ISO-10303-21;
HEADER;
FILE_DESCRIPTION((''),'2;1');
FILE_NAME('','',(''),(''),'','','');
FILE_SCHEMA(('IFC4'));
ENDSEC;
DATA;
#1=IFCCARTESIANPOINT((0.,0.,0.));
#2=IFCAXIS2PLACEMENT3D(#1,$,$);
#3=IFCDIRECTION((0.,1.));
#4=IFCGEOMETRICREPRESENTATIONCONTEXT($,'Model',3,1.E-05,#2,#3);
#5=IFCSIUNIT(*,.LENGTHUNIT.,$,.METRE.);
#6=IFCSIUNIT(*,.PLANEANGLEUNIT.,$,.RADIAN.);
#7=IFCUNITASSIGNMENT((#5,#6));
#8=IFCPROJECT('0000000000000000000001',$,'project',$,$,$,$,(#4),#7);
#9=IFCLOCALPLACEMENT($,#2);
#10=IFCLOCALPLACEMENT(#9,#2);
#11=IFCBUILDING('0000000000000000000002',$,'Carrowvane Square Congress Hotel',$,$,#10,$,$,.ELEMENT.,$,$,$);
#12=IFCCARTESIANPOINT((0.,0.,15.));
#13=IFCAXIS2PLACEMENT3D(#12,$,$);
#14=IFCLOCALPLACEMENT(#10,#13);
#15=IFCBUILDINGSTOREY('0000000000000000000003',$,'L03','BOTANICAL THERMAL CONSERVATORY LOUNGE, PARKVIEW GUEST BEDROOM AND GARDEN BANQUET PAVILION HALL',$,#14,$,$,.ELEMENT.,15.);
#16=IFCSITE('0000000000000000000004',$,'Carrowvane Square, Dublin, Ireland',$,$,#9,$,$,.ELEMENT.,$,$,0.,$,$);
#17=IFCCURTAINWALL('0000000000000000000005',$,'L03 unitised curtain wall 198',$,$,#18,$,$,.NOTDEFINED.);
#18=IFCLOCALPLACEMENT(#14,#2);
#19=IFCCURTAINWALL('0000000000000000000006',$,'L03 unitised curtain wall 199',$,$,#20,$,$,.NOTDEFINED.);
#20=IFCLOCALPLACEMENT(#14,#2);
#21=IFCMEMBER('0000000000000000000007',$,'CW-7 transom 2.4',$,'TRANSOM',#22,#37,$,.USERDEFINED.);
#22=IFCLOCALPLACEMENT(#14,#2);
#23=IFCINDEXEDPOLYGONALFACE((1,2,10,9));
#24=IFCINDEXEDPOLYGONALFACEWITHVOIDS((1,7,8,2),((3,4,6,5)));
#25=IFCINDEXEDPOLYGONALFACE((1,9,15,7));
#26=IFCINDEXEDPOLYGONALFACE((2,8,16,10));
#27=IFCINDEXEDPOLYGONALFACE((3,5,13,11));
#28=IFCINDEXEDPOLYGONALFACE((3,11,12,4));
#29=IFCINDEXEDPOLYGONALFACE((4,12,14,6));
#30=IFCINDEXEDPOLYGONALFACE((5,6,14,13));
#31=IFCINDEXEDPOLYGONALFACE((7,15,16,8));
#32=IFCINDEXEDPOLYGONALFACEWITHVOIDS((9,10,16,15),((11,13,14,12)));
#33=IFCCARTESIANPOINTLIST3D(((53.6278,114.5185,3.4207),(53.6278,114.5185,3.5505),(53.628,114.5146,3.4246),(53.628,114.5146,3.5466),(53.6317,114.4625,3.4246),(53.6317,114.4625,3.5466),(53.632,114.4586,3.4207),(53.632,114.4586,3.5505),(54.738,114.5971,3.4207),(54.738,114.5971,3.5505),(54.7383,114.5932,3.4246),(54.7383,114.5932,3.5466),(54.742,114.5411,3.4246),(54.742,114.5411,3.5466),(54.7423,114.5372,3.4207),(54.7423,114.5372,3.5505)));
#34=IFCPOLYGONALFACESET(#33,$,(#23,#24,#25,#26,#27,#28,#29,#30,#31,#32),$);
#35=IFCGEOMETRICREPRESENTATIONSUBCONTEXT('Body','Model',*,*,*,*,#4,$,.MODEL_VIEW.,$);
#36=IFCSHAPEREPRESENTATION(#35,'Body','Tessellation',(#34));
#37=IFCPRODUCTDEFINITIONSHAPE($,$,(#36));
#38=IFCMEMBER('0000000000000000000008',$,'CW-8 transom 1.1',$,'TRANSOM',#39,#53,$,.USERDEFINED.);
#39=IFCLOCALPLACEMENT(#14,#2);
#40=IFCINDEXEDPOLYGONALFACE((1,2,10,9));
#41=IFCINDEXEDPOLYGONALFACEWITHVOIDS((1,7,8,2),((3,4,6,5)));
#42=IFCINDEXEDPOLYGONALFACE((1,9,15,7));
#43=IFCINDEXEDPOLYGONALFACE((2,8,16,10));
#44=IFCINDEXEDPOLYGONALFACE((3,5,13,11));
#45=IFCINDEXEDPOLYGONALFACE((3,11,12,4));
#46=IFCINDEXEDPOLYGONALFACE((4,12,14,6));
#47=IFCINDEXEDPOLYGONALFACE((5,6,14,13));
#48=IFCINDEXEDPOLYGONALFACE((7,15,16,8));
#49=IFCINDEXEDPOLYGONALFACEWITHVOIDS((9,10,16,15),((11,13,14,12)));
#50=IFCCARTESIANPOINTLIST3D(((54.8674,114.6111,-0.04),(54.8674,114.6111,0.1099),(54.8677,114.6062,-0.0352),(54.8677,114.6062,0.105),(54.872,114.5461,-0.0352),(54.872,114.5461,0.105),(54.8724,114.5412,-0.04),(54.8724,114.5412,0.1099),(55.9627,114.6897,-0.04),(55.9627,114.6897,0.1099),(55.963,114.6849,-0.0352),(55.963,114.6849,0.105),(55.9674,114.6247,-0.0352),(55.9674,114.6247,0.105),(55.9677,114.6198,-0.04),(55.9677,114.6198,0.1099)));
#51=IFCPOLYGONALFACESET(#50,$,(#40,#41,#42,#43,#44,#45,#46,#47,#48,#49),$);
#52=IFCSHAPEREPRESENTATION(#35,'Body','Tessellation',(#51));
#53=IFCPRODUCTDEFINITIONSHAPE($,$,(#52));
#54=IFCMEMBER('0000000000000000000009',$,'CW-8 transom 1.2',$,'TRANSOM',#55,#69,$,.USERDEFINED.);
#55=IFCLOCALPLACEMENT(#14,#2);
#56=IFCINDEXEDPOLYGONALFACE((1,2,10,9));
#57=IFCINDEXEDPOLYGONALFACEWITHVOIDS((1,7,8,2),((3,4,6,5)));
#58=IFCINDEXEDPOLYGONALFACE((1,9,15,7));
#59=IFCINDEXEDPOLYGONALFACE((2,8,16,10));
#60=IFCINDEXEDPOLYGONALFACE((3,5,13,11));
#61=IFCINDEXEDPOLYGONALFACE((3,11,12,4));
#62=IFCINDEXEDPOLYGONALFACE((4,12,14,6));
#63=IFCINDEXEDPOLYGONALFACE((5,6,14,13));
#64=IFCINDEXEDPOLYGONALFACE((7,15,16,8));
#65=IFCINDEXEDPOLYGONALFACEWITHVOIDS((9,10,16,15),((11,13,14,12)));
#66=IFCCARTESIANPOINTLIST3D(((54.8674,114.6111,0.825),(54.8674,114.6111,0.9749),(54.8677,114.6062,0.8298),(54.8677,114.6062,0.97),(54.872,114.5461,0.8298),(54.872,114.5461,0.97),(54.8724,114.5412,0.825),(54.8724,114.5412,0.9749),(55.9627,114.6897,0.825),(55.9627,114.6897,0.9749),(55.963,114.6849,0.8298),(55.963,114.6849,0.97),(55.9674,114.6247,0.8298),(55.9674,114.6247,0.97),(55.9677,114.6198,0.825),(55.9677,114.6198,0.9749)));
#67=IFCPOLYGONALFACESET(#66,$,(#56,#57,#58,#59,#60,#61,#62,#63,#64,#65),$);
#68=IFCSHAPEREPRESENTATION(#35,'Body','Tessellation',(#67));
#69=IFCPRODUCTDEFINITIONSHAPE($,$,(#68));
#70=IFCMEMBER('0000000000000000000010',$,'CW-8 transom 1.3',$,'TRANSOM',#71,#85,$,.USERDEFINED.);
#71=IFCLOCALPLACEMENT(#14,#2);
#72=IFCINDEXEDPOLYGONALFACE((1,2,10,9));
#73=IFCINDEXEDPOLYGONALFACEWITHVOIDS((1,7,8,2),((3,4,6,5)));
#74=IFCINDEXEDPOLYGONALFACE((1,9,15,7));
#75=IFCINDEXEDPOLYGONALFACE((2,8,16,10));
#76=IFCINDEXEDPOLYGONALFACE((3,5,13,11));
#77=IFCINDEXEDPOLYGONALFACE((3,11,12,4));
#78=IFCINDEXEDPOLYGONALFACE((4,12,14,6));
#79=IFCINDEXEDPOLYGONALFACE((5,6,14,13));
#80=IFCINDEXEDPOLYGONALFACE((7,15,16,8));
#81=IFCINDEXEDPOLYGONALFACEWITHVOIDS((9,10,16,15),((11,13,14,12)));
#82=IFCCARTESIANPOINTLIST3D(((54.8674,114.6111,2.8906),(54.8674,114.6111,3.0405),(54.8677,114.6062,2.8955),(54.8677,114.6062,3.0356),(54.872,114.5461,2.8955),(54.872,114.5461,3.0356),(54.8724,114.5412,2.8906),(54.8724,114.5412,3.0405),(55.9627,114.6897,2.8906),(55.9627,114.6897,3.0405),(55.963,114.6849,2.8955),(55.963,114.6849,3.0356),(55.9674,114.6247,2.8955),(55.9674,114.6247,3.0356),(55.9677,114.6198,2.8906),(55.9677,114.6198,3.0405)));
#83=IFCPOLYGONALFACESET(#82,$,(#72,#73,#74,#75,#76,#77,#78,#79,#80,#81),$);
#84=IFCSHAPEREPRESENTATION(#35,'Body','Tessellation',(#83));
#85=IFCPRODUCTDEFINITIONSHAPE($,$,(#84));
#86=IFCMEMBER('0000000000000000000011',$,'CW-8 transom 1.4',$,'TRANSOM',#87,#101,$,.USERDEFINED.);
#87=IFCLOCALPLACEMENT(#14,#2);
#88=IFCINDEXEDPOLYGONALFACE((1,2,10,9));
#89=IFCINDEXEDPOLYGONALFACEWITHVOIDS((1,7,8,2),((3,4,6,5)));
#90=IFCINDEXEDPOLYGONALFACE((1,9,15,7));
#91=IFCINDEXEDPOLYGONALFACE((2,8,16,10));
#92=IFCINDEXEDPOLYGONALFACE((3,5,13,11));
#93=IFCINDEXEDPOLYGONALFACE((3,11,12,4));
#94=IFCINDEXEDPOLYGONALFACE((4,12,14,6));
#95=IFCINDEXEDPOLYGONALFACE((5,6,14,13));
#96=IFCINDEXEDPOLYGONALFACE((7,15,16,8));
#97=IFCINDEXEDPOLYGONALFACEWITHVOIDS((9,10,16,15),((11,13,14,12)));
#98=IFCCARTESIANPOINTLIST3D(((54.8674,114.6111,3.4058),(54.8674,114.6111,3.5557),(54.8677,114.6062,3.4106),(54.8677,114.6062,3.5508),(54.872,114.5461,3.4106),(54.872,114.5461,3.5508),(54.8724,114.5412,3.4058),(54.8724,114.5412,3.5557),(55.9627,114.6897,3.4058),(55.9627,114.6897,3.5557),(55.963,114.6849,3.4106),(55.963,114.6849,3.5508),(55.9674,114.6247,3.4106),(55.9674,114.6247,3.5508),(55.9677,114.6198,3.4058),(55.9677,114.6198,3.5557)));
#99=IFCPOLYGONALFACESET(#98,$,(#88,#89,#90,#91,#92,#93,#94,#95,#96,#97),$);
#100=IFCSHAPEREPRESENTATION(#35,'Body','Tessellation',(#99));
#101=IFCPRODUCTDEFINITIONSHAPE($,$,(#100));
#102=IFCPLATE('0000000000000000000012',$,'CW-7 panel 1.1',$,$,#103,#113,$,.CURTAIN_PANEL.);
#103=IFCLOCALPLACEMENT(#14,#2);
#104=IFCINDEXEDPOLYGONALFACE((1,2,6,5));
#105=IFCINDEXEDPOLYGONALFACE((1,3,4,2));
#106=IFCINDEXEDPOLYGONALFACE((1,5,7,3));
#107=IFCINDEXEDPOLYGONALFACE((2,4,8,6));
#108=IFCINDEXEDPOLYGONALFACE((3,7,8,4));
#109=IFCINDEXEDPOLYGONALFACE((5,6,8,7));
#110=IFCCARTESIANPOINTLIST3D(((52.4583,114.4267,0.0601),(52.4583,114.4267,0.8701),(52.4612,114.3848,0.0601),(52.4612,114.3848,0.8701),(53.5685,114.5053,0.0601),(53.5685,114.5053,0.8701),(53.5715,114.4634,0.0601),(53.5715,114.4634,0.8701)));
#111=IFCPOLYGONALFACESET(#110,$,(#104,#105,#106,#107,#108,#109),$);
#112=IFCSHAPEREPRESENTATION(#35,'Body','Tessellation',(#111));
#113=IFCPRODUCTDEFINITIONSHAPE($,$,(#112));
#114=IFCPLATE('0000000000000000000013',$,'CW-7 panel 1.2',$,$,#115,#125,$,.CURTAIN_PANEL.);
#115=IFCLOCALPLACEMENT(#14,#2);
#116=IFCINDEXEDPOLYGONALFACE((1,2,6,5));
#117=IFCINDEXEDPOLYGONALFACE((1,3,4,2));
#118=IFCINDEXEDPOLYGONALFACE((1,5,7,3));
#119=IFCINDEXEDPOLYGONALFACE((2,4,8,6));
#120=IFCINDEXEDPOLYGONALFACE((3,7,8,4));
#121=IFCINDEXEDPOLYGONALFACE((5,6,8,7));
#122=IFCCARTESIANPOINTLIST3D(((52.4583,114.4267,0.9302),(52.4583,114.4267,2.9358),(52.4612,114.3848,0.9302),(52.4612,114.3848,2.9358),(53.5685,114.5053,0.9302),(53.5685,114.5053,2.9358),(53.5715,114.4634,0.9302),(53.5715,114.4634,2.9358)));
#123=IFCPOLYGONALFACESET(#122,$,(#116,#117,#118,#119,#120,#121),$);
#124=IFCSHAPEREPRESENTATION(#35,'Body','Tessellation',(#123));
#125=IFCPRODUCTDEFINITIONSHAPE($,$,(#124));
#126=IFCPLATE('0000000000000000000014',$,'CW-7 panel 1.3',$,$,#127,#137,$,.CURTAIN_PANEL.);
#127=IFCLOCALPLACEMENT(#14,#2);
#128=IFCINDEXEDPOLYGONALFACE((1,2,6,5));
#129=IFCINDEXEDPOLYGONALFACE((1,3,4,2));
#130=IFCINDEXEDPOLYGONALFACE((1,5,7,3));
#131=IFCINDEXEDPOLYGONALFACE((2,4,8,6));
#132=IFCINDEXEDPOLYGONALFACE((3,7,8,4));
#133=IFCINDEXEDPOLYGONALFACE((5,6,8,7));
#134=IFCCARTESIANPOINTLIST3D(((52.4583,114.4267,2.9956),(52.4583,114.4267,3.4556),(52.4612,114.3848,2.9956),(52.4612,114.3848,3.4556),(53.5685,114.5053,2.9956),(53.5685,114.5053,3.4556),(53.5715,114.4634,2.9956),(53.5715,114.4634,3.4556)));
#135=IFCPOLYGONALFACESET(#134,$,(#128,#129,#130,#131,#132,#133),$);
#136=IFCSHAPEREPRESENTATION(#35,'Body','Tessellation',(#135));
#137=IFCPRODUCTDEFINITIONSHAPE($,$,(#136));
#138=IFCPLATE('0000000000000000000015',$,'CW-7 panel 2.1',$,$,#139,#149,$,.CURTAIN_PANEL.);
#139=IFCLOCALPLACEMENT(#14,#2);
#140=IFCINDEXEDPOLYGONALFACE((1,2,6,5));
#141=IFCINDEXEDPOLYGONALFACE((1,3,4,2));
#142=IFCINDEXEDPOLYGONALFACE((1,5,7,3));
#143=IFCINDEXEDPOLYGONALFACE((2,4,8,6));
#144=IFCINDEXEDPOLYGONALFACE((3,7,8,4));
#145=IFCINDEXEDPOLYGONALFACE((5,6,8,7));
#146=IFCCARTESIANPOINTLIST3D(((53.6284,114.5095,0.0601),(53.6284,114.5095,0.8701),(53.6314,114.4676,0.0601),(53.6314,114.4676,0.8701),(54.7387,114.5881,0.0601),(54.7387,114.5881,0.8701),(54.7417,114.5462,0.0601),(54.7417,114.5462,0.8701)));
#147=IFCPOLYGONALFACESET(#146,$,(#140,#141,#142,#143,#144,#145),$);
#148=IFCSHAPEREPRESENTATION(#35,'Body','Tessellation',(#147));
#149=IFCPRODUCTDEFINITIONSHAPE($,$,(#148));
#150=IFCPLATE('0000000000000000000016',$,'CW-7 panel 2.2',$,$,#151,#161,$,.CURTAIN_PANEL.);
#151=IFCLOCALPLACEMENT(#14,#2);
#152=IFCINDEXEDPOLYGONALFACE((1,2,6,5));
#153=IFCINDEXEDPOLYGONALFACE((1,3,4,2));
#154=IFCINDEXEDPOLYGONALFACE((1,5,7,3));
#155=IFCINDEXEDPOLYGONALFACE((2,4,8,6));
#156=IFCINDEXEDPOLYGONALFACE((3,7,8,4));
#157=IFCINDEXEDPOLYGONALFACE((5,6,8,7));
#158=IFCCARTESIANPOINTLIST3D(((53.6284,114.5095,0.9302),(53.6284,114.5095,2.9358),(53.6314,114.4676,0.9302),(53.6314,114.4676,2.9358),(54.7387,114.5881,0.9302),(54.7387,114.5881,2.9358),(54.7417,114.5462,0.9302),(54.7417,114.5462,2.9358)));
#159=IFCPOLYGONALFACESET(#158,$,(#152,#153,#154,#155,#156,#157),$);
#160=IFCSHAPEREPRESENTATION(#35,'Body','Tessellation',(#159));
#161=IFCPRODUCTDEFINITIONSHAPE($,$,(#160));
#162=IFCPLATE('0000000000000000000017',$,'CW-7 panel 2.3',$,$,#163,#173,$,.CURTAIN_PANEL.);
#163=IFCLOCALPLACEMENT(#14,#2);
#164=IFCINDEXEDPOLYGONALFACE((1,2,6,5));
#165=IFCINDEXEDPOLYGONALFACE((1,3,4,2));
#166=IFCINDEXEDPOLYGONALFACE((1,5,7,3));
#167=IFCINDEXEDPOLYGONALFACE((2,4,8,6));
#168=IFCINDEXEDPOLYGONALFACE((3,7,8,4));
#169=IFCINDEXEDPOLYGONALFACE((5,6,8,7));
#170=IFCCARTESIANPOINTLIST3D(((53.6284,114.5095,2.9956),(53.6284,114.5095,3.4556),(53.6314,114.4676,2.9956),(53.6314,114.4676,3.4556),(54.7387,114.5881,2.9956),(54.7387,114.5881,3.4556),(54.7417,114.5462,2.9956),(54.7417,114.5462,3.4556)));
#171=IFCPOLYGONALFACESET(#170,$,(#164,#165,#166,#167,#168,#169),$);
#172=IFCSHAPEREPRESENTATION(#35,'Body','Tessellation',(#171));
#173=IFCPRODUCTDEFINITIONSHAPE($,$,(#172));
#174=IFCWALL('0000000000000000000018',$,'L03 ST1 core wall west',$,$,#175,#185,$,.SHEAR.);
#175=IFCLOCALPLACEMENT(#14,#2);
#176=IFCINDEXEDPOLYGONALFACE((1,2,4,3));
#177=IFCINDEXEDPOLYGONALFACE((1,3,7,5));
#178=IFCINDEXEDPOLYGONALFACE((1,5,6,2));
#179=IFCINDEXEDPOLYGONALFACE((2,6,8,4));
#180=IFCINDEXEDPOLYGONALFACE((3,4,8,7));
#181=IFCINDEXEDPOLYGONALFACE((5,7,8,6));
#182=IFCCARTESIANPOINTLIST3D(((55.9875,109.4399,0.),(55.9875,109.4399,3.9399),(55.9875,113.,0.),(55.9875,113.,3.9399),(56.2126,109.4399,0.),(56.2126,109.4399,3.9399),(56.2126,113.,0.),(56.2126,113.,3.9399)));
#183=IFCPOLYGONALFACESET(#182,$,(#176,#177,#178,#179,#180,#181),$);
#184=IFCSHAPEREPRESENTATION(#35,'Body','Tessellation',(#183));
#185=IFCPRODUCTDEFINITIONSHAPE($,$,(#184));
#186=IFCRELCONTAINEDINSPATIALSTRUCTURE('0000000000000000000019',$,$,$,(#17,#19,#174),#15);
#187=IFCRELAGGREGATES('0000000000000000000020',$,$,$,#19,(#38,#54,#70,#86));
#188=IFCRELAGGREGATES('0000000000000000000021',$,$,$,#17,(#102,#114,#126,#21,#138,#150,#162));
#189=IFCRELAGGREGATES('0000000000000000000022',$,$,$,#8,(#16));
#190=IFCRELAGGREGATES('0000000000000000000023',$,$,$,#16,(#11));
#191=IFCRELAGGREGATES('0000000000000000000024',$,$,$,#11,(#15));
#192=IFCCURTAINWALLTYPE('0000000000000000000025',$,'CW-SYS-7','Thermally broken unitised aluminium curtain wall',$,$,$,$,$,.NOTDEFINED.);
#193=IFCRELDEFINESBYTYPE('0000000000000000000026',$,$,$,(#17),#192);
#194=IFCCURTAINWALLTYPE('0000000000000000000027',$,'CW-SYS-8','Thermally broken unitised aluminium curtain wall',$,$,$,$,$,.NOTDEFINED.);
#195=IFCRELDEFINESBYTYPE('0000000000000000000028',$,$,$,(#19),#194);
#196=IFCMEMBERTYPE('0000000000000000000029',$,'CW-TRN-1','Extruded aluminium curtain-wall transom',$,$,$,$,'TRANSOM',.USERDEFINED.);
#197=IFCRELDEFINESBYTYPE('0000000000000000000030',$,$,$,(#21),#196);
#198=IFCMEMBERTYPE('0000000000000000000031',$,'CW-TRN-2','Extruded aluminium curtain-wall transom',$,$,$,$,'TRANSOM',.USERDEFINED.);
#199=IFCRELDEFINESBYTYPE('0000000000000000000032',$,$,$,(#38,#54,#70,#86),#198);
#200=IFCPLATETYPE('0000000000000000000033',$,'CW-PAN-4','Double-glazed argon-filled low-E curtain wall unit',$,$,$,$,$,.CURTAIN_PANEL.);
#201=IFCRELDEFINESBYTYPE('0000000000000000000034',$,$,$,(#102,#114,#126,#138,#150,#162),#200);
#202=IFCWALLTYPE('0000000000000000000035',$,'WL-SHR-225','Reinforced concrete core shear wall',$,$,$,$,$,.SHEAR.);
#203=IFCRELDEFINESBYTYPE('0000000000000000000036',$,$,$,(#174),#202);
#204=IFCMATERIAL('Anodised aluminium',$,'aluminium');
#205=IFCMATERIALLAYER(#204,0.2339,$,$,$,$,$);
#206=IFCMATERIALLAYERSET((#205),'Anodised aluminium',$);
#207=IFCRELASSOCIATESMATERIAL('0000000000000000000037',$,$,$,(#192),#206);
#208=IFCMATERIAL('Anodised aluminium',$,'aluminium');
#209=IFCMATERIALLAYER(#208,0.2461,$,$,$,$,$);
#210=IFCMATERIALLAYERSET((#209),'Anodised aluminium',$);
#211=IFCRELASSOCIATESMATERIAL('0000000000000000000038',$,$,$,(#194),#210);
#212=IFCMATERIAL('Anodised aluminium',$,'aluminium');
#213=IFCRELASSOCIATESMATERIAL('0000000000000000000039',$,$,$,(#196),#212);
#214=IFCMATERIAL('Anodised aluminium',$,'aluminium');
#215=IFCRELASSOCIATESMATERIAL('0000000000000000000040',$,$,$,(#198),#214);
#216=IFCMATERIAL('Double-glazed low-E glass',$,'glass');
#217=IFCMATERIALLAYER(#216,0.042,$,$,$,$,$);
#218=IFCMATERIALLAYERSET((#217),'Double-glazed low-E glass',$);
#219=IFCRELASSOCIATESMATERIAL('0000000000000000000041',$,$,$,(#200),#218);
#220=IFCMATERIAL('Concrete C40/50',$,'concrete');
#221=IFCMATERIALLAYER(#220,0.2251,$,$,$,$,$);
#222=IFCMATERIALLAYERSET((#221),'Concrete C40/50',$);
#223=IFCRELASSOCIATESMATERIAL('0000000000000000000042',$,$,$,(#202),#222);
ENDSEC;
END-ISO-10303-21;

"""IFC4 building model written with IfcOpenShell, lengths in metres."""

from ifc_helpers import new_model, si_unit, direction, frame, frame_2d, origin, origin_2d, place, context, subcontext, project, spatial, rectangle, hollow_rectangle, extrude, material, layer, layer_set, material_profile, profile_set, type_object, element, aggregate, save


model = new_model("IFC4")

# Units and contexts
model_context = context("Model", 3, precision=1e-05, world=origin(), true_north=direction((0.0, 1.0)))
body_context = subcontext(model_context, "Body", "Model", "MODEL_VIEW")
ifc_project = project(units=[si_unit("LENGTHUNIT", "METRE"), si_unit("PLANEANGLEUNIT", "RADIAN")], contexts=[model_context])

# Site, building, storey
site_placement = place(None, origin())
site = spatial("IfcSite", under=ifc_project, at=site_placement, Name="Carrowvane Square, Dublin, Ireland", CompositionType="ELEMENT", RefElevation=0.0)
building_placement = place(site_placement, origin())
building = spatial("IfcBuilding", under=site, at=building_placement, Name="Carrowvane Square Congress Hotel", CompositionType="ELEMENT")
storey_placement = place(building_placement, frame((0.0, 0.0, 15.0)))
storey = spatial("IfcBuildingStorey", under=building, at=storey_placement, Name="L03", Description="BOTANICAL THERMAL CONSERVATORY LOUNGE, PARKVIEW GUEST BEDROOM AND GARDEN BANQUET PAVILION HALL", CompositionType="ELEMENT", Elevation=15.0)

# Curtain wall
ifc_material_1 = material(Name="Anodised aluminium", Category="aluminium")
ifc_layer_1 = layer(ifc_material_1, 0.2339)
ifc_layer_set_1 = layer_set([ifc_layer_1], Name="Anodised aluminium")
curtain_wall_type_1 = type_object("IfcCurtainWallType", Name="CW-SYS-7", Description="Thermally broken unitised aluminium curtain wall", PredefinedType="NOTDEFINED", material=ifc_layer_set_1)
curtain_wall_1_placement = place(storey_placement, origin())
curtain_wall_1 = element("IfcCurtainWall", 1, at=curtain_wall_1_placement, inside=storey, type_object=curtain_wall_type_1, Name="L03 unitised curtain wall 198", PredefinedType="NOTDEFINED")

# Curtain wall
ifc_material_2 = material(Name="Anodised aluminium", Category="aluminium")
ifc_layer_2 = layer(ifc_material_2, 0.2461)
ifc_layer_set_2 = layer_set([ifc_layer_2], Name="Anodised aluminium")
curtain_wall_type_2 = type_object("IfcCurtainWallType", Name="CW-SYS-8", Description="Thermally broken unitised aluminium curtain wall", PredefinedType="NOTDEFINED", material=ifc_layer_set_2)
curtain_wall_2_placement = place(storey_placement, origin())
curtain_wall_2 = element("IfcCurtainWall", 2, at=curtain_wall_2_placement, inside=storey, type_object=curtain_wall_type_2, Name="L03 unitised curtain wall 199", PredefinedType="NOTDEFINED")

# Members
ifc_material_3 = material(Name="Anodised aluminium", Category="aluminium")
ifc_material_profile_1 = material_profile(ifc_material_3, hollow_rectangle(XDim=0.0601, YDim=0.1299, WallThickness=0.0039, at=origin_2d()), Name="CW-TR 60x130x4")
ifc_profile_set_1 = profile_set([ifc_material_profile_1], Name="Anodised aluminium")
member_type_1 = type_object("IfcMemberType", Name="CW-TRN-1", Description="Extruded aluminium curtain-wall transom", ElementType="TRANSOM", PredefinedType="USERDEFINED", material=ifc_profile_set_1)
member_1_placement = place(storey_placement, frame((53.6299, 114.4885, 3.4856), z_axis=(0.997503, 0.070624, 0.0), x_axis=(-0.070624, 0.997503, 0.0)))
member_1 = element("IfcMember", 3, at=member_1_placement, type_object=member_type_1, Name="CW-7 transom 2.4", ObjectType="TRANSOM", PredefinedType="USERDEFINED", context=body_context, shape_type="SweptSolid", body=[
    extrude(hollow_rectangle(XDim=0.0601, YDim=0.1299, WallThickness=0.0039, at=origin_2d()), origin(), (0.0, 0.0, 1.0), 1.113),
])
ifc_material_4 = material(Name="Anodised aluminium", Category="aluminium")
ifc_material_profile_2 = material_profile(ifc_material_4, hollow_rectangle(XDim=0.0701, YDim=0.1499, WallThickness=0.0049, at=origin_2d()), Name="CW-TR 70x150x5")
ifc_profile_set_2 = profile_set([ifc_material_profile_2], Name="Anodised aluminium")
member_type_2 = type_object("IfcMemberType", Name="CW-TRN-2", Description="Extruded aluminium curtain-wall transom", ElementType="TRANSOM", PredefinedType="USERDEFINED", material=ifc_profile_set_2)
member_2_placement = place(storey_placement, frame((54.8699, 114.5762, 0.0349), z_axis=(0.997434, 0.071595, 0.0), x_axis=(-0.071595, 0.997434, 0.0)))
member_2 = element("IfcMember", 4, at=member_2_placement, type_object=member_type_2, Name="CW-8 transom 1.1", ObjectType="TRANSOM", PredefinedType="USERDEFINED", context=body_context, shape_type="SweptSolid", body=[
    extrude(hollow_rectangle(XDim=0.0701, YDim=0.1499, WallThickness=0.0049, at=origin_2d()), origin(), (0.0, 0.0, 1.0), 1.0981),
])
member_3_placement = place(storey_placement, frame((54.8699, 114.5762, 0.8999), z_axis=(0.997434, 0.071595, 0.0), x_axis=(-0.071595, 0.997434, 0.0)))
member_3 = element("IfcMember", 5, at=member_3_placement, type_object=member_type_2, Name="CW-8 transom 1.2", ObjectType="TRANSOM", PredefinedType="USERDEFINED", context=body_context, shape_type="SweptSolid", body=[
    extrude(hollow_rectangle(XDim=0.0701, YDim=0.1499, WallThickness=0.0049, at=origin_2d()), origin(), (0.0, 0.0, 1.0), 1.0981),
])
member_4_placement = place(storey_placement, frame((54.8699, 114.5762, 2.9656), z_axis=(0.997434, 0.071595, 0.0), x_axis=(-0.071595, 0.997434, 0.0)))
member_4 = element("IfcMember", 6, at=member_4_placement, type_object=member_type_2, Name="CW-8 transom 1.3", ObjectType="TRANSOM", PredefinedType="USERDEFINED", context=body_context, shape_type="SweptSolid", body=[
    extrude(hollow_rectangle(XDim=0.0701, YDim=0.1499, WallThickness=0.0049, at=origin_2d()), origin(), (0.0, 0.0, 1.0), 1.0981),
])
member_5_placement = place(storey_placement, frame((54.8699, 114.5762, 3.4807), z_axis=(0.997434, 0.071595, 0.0), x_axis=(-0.071595, 0.997434, 0.0)))
member_5 = element("IfcMember", 7, at=member_5_placement, type_object=member_type_2, Name="CW-8 transom 1.4", ObjectType="TRANSOM", PredefinedType="USERDEFINED", context=body_context, shape_type="SweptSolid", body=[
    extrude(hollow_rectangle(XDim=0.0701, YDim=0.1499, WallThickness=0.0049, at=origin_2d()), origin(), (0.0, 0.0, 1.0), 1.0981),
])
aggregate(curtain_wall_2, [member_2, member_3, member_4, member_5])

# Plates
ifc_material_5 = material(Name="Double-glazed low-E glass", Category="glass")
ifc_layer_3 = layer(ifc_material_5, 0.042)
ifc_layer_set_3 = layer_set([ifc_layer_3], Name="Double-glazed low-E glass")
plate_type = type_object("IfcPlateType", Name="CW-PAN-4", Description="Double-glazed argon-filled low-E curtain wall unit", PredefinedType="CURTAIN_PANEL", material=ifc_layer_set_3)
plate_1_placement = place(storey_placement, frame((53.0149, 114.4451, 0.0601), z_axis=(0.0, 0.0, 1.0), x_axis=(0.997506, 0.070586, 0.0)))
plate_1 = element("IfcPlate", 8, at=plate_1_placement, type_object=plate_type, Name="CW-7 panel 1.1", PredefinedType="CURTAIN_PANEL", context=body_context, shape_type="SweptSolid", body=[
    extrude(rectangle(XDim=1.113, YDim=0.042, at=origin_2d()), origin(), (0.0, 0.0, 1.0), 0.8101),
])
plate_2_placement = place(storey_placement, frame((53.0149, 114.4451, 0.9302), z_axis=(0.0, 0.0, 1.0), x_axis=(0.997506, 0.070586, 0.0)))
plate_2 = element("IfcPlate", 9, at=plate_2_placement, type_object=plate_type, Name="CW-7 panel 1.2", PredefinedType="CURTAIN_PANEL", context=body_context, shape_type="SweptSolid", body=[
    extrude(rectangle(XDim=1.113, YDim=0.042, at=origin_2d()), origin(), (0.0, 0.0, 1.0), 2.0056),
])
plate_3_placement = place(storey_placement, frame((53.0149, 114.4451, 2.9956), z_axis=(0.0, 0.0, 1.0), x_axis=(0.997506, 0.070586, 0.0)))
plate_3 = element("IfcPlate", 10, at=plate_3_placement, type_object=plate_type, Name="CW-7 panel 1.3", PredefinedType="CURTAIN_PANEL", context=body_context, shape_type="SweptSolid", body=[
    extrude(rectangle(XDim=1.113, YDim=0.042, at=origin_2d()), origin(), (0.0, 0.0, 1.0), 0.46),
])
plate_4_placement = place(storey_placement, frame((54.1851, 114.5278, 0.0601), z_axis=(0.0, 0.0, 1.0), x_axis=(0.997506, 0.070586, 0.0)))
plate_4 = element("IfcPlate", 11, at=plate_4_placement, type_object=plate_type, Name="CW-7 panel 2.1", PredefinedType="CURTAIN_PANEL", context=body_context, shape_type="SweptSolid", body=[
    extrude(rectangle(XDim=1.113, YDim=0.042, at=origin_2d()), origin(), (0.0, 0.0, 1.0), 0.8101),
])
plate_5_placement = place(storey_placement, frame((54.1851, 114.5278, 0.9302), z_axis=(0.0, 0.0, 1.0), x_axis=(0.997506, 0.070586, 0.0)))
plate_5 = element("IfcPlate", 12, at=plate_5_placement, type_object=plate_type, Name="CW-7 panel 2.2", PredefinedType="CURTAIN_PANEL", context=body_context, shape_type="SweptSolid", body=[
    extrude(rectangle(XDim=1.113, YDim=0.042, at=origin_2d()), origin(), (0.0, 0.0, 1.0), 2.0056),
])
plate_6_placement = place(storey_placement, frame((54.1851, 114.5278, 2.9956), z_axis=(0.0, 0.0, 1.0), x_axis=(0.997506, 0.070586, 0.0)))
plate_6 = element("IfcPlate", 13, at=plate_6_placement, type_object=plate_type, Name="CW-7 panel 2.3", PredefinedType="CURTAIN_PANEL", context=body_context, shape_type="SweptSolid", body=[
    extrude(rectangle(XDim=1.113, YDim=0.042, at=origin_2d()), origin(), (0.0, 0.0, 1.0), 0.46),
])
aggregate(curtain_wall_1, [plate_1, plate_2, plate_3, member_1, plate_4, plate_5, plate_6])

# Wall
ifc_material_6 = material(Name="Concrete C40/50", Category="concrete")
ifc_layer_4 = layer(ifc_material_6, 0.2251)
ifc_layer_set_4 = layer_set([ifc_layer_4], Name="Concrete C40/50")
wall_type_1 = type_object("IfcWallType", Name="WL-SHR-225", Description="Reinforced concrete core shear wall", PredefinedType="SHEAR", material=ifc_layer_set_4)
wall_1_placement = place(storey_placement, frame((56.1001, 113.0, 0.0), z_axis=(0.0, 0.0, 1.0), x_axis=(0.0, -1.0, 0.0)))
element("IfcWall", 14, at=wall_1_placement, inside=storey, type_object=wall_type_1, Name="L03 ST1 core wall west", PredefinedType="SHEAR", context=body_context, shape_type="SweptSolid", body=[
    extrude(rectangle(XDim=3.5601, YDim=0.2251, at=frame_2d((1.78, 0.0))), origin(), (0.0, 0.0, 1.0), 3.9399),
])

save(model, "model.ifc")
